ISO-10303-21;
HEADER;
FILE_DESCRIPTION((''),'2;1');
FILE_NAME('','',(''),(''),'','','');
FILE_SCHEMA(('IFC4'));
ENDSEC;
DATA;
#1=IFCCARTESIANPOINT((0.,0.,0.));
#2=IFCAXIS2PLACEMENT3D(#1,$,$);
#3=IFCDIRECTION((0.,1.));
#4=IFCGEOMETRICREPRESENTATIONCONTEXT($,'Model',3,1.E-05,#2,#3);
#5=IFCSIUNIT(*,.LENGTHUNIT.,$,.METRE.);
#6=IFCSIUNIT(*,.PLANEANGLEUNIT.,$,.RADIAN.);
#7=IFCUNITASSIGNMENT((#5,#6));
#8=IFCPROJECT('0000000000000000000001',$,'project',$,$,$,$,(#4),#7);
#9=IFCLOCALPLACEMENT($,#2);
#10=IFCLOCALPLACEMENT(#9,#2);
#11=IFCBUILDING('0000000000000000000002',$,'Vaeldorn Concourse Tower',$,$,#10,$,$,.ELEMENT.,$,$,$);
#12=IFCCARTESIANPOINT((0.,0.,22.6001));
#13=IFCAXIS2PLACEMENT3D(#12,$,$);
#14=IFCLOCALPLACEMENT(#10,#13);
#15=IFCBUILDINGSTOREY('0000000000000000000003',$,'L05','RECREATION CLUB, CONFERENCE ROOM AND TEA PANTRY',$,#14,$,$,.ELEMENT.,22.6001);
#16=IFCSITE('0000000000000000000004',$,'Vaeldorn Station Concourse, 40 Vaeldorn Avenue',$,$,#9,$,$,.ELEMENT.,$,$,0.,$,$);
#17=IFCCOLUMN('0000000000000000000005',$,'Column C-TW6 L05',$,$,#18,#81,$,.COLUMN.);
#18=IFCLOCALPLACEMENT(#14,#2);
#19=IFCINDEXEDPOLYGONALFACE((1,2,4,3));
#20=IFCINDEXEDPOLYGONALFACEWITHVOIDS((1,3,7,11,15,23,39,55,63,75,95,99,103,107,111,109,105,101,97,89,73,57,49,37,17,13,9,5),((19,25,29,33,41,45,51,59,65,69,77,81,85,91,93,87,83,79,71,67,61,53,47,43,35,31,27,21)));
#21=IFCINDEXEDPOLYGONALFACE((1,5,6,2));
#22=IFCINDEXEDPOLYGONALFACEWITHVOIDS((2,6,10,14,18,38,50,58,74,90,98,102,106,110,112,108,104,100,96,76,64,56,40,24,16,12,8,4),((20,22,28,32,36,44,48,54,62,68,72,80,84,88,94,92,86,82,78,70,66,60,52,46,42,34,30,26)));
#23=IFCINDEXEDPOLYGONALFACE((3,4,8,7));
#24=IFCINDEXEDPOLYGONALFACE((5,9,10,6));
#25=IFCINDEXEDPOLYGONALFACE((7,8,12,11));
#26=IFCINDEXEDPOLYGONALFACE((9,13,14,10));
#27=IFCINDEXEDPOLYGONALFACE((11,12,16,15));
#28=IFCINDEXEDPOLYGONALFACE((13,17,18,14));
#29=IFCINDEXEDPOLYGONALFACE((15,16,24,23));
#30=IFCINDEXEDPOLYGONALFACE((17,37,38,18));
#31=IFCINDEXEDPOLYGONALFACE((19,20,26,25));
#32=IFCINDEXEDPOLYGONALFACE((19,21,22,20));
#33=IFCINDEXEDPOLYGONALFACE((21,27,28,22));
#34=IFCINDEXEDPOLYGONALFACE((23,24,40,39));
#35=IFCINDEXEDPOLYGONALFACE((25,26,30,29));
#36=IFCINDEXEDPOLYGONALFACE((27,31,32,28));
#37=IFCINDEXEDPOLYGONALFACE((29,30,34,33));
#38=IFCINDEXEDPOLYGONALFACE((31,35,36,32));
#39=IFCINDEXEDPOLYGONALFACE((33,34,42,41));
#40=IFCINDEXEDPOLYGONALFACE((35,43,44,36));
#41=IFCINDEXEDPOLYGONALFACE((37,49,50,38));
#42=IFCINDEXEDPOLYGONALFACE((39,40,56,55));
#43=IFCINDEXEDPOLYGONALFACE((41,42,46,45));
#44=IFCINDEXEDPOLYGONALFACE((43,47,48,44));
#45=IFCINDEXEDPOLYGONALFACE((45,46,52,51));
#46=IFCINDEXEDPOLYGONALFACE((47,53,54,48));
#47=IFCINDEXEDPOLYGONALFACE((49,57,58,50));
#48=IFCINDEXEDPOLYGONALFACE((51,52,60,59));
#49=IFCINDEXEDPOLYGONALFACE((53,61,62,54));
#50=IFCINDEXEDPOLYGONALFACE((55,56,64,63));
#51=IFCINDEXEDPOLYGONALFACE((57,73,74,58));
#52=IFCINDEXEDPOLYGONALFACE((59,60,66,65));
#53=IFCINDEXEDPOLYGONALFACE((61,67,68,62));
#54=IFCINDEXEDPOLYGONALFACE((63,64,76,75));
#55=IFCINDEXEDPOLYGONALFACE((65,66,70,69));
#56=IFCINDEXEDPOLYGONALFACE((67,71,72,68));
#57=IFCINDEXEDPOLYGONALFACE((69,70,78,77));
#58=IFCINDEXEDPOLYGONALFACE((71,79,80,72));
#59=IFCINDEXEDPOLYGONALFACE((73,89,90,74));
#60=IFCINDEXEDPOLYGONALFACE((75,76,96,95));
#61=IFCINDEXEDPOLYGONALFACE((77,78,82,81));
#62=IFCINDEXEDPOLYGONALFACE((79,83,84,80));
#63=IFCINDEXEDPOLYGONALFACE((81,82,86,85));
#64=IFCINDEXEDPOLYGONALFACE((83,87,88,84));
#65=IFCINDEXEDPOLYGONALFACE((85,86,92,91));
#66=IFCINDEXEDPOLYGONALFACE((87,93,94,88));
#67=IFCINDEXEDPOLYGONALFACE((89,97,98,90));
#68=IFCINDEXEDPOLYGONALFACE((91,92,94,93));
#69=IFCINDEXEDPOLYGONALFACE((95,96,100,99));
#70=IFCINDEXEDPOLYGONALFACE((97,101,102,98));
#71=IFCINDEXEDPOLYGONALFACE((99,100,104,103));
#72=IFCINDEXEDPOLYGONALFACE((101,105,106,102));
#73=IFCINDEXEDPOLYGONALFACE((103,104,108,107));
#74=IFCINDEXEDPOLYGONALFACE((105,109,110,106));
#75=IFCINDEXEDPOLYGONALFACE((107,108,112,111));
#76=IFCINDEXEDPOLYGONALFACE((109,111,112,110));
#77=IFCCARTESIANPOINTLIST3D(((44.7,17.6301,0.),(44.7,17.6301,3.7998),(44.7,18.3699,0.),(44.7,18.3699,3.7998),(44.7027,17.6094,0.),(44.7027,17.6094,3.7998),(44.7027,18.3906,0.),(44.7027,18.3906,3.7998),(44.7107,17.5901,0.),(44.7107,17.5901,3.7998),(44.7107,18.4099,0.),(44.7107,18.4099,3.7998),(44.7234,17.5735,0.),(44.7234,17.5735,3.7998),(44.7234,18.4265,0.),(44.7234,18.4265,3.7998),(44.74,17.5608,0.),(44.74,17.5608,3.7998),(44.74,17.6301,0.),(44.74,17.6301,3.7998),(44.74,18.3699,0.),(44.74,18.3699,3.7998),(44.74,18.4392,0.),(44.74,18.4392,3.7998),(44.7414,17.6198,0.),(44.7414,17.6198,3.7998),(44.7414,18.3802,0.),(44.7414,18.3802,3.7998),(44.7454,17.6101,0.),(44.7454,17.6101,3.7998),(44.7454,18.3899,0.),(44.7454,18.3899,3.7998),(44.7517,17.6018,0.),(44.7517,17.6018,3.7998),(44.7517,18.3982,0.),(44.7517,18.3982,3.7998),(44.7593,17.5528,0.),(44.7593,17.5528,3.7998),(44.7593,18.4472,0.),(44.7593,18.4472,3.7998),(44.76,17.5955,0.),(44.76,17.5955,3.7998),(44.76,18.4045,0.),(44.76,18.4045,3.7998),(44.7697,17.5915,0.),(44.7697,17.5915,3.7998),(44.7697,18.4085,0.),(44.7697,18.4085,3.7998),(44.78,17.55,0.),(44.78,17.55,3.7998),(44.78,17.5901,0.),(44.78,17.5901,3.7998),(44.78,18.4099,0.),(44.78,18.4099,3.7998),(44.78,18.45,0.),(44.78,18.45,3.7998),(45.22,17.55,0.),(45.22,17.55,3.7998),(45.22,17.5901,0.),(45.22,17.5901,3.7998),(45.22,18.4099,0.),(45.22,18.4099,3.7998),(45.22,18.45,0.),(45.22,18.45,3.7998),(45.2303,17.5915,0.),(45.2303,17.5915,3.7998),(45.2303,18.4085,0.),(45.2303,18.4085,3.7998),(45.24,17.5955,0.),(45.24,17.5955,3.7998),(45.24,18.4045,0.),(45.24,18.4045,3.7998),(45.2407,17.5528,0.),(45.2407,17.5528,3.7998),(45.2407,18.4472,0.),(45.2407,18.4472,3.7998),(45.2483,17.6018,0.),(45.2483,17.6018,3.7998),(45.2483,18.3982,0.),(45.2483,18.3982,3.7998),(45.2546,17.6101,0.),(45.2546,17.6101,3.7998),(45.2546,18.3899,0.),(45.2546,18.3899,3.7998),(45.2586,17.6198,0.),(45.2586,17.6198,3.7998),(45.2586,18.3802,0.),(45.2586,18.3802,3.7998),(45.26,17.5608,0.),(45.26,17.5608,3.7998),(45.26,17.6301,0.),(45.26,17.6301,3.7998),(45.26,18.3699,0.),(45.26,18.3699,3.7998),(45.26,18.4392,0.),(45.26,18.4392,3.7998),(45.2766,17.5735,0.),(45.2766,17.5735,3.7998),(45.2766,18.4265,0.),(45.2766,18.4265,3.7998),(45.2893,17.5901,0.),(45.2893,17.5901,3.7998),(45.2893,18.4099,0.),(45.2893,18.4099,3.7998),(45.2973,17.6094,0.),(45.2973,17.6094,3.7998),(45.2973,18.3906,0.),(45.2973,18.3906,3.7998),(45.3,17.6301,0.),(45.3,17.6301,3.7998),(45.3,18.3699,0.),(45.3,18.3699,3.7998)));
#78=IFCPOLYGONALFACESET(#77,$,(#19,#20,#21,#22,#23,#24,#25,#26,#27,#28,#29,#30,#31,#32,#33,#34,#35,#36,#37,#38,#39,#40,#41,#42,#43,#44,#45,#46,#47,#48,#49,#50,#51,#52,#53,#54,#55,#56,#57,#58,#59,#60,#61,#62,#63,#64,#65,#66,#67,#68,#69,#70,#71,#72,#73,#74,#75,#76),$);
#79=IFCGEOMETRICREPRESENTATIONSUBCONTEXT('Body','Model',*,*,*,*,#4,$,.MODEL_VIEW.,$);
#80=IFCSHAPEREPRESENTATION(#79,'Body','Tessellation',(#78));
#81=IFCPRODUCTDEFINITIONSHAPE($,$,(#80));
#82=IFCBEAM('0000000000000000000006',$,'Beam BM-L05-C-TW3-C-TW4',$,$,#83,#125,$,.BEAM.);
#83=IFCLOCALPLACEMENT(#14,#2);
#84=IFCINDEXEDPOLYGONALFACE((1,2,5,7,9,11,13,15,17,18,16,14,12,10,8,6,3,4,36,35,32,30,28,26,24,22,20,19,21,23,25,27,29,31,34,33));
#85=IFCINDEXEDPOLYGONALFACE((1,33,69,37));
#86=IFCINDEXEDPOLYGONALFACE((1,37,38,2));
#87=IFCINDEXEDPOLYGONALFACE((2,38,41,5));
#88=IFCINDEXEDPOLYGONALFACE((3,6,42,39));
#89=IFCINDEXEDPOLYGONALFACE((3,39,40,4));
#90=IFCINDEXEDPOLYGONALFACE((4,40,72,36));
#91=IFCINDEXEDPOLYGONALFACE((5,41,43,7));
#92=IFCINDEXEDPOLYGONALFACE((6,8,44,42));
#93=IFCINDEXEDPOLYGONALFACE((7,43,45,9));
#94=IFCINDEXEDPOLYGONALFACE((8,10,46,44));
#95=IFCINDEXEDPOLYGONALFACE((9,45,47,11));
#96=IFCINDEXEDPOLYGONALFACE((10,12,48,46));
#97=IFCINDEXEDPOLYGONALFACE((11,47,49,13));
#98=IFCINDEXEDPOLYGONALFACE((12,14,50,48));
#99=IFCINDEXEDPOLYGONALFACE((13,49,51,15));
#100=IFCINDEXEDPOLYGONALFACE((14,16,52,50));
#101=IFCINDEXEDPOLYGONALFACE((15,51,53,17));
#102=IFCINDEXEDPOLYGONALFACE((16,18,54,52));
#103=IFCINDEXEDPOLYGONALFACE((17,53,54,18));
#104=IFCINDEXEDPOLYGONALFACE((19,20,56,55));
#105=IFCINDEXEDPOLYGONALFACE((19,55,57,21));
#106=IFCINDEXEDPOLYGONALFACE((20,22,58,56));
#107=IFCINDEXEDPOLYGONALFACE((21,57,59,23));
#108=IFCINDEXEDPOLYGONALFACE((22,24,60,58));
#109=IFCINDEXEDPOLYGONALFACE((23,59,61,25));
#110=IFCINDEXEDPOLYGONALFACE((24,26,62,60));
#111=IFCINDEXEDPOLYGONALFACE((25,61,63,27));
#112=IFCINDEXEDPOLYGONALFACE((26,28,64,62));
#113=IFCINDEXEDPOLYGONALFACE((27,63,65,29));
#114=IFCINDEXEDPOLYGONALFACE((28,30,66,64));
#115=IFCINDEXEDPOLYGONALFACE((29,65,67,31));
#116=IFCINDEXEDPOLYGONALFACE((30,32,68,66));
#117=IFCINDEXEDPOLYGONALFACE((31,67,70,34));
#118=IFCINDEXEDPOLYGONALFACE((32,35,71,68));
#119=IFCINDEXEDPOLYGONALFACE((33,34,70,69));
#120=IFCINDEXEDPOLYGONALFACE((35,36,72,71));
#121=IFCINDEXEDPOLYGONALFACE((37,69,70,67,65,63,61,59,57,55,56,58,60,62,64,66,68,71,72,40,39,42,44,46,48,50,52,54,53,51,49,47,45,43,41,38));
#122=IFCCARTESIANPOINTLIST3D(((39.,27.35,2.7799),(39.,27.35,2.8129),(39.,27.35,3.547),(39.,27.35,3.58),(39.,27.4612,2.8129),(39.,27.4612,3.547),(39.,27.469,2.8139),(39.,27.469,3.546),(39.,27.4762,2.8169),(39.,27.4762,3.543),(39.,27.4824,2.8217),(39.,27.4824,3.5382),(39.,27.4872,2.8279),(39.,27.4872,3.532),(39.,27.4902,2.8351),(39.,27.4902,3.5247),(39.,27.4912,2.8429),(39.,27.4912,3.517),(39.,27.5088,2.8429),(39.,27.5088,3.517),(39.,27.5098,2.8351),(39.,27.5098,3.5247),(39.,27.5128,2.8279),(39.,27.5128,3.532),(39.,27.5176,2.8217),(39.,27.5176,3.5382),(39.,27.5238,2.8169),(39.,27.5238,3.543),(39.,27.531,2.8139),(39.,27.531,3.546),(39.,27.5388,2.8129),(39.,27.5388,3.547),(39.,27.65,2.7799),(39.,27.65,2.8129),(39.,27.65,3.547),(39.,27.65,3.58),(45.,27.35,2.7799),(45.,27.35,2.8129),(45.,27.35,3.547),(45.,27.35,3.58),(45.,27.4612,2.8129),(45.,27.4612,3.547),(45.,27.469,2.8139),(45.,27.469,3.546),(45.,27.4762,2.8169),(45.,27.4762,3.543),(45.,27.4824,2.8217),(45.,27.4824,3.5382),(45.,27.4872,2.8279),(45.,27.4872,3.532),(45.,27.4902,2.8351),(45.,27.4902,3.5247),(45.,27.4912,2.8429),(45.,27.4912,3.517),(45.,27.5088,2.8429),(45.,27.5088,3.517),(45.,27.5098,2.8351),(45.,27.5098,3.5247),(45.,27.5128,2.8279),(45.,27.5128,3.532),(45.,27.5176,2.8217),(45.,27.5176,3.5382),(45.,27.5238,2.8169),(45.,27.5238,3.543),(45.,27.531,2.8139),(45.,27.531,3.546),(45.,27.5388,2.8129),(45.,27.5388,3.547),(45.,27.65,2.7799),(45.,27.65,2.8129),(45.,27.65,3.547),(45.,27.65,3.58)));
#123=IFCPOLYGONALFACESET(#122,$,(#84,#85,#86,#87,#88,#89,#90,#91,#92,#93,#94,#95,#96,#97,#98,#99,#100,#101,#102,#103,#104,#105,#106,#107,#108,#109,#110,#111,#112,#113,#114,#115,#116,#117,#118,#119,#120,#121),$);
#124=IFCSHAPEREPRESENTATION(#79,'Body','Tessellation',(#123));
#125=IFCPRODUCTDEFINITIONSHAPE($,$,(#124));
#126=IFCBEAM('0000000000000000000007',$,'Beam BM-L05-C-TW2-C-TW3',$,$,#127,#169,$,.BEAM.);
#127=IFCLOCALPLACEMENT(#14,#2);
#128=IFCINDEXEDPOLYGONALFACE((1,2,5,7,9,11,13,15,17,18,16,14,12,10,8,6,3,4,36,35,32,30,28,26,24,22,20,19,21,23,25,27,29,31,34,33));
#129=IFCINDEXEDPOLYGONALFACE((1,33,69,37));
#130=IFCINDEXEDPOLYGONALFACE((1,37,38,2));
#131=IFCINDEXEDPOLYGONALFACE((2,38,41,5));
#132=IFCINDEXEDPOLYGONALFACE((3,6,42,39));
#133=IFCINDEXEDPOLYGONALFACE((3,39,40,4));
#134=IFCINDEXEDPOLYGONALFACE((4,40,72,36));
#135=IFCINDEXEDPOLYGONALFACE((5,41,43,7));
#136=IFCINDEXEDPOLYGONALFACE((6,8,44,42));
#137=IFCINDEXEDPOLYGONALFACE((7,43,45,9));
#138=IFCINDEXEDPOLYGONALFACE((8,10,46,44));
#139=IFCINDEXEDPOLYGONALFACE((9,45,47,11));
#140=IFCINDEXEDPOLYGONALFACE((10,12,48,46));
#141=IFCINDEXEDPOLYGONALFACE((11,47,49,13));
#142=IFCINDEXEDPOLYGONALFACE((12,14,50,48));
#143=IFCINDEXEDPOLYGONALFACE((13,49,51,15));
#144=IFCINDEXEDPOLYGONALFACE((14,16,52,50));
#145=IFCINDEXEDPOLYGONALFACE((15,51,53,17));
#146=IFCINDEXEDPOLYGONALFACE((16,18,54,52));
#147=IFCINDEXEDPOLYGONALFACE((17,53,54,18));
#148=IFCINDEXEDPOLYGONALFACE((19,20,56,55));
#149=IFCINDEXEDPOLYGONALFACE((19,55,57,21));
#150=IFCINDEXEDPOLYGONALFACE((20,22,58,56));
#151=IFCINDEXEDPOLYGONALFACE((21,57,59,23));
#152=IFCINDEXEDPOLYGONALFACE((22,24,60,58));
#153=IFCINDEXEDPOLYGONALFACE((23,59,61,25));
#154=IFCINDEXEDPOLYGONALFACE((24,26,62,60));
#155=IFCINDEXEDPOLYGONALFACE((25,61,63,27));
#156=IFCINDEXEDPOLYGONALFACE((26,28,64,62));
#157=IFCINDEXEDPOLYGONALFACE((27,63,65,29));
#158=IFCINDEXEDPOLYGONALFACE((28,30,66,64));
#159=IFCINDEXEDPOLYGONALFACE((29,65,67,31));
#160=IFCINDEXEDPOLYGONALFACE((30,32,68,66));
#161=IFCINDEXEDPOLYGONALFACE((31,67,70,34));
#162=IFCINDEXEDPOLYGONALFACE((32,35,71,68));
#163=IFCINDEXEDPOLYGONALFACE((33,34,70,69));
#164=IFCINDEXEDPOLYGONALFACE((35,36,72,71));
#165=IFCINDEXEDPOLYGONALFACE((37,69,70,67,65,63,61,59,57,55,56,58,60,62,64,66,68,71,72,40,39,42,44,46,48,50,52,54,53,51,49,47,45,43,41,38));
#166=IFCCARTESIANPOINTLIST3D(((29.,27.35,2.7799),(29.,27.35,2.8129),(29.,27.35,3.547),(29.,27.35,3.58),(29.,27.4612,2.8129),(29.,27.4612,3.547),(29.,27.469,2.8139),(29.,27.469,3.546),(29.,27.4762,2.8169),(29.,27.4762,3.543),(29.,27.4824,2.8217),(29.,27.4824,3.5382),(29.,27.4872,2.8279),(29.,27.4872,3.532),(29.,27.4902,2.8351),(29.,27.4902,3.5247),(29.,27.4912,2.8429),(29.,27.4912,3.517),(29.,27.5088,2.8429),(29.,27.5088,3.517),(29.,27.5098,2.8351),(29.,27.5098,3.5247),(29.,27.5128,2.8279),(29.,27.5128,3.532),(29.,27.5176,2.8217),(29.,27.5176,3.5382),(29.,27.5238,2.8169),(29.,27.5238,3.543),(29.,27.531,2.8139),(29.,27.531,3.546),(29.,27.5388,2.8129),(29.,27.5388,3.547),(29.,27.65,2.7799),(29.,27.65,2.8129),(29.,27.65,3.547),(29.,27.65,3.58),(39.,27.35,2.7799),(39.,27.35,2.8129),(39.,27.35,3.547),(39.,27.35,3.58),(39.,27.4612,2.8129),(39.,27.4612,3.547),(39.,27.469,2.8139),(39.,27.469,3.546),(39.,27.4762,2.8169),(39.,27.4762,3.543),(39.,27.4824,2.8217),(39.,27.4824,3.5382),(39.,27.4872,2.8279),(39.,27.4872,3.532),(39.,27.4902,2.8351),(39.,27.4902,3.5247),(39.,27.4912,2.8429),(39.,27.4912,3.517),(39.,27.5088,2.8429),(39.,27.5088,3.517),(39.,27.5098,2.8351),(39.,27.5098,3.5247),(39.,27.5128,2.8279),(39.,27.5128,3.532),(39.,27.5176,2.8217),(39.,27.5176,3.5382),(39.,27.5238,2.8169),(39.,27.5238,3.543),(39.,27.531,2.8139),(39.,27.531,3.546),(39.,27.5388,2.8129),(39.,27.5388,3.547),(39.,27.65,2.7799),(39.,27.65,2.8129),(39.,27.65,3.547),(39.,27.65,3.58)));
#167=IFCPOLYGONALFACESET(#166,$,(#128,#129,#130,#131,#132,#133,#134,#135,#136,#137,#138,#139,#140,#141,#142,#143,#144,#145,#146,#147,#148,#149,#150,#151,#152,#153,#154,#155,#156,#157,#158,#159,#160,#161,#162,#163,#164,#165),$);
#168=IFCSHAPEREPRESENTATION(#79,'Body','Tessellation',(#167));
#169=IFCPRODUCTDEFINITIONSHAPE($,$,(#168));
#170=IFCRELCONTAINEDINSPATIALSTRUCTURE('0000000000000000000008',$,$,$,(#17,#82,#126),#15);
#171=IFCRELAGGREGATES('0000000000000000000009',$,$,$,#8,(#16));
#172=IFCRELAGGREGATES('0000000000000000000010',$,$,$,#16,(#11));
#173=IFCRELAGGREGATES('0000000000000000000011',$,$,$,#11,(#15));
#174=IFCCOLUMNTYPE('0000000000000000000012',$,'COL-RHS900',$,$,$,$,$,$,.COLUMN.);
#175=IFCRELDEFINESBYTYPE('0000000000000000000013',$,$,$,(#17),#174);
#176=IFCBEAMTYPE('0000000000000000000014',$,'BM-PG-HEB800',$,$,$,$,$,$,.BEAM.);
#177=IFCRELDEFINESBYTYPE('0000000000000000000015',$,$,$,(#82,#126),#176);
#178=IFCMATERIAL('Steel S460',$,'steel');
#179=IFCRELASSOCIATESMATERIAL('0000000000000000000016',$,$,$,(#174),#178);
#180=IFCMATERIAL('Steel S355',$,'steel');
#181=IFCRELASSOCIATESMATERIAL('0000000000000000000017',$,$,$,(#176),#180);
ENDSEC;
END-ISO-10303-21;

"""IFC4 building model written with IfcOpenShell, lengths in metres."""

from ifc_helpers import new_model, si_unit, direction, frame, origin, origin_2d, place, context, subcontext, project, spatial, hollow_rectangle, i_section, extrude, source, transform, mapped, material, material_profile, profile_set, type_object, element, save


model = new_model("IFC4")

# Units and contexts
model_context = context("Model", 3, precision=1e-05, world=origin(), true_north=direction((0.0, 1.0)))
body_context = subcontext(model_context, "Body", "Model", "MODEL_VIEW")
ifc_project = project(units=[si_unit("LENGTHUNIT", "METRE"), si_unit("PLANEANGLEUNIT", "RADIAN")], contexts=[model_context])

# Site, building, storey
site_placement = place(None, origin())
site = spatial("IfcSite", under=ifc_project, at=site_placement, Name="Vaeldorn Station Concourse, 40 Vaeldorn Avenue", CompositionType="ELEMENT", RefElevation=0.0)
building_placement = place(site_placement, origin())
building = spatial("IfcBuilding", under=site, at=building_placement, Name="Vaeldorn Concourse Tower", CompositionType="ELEMENT")
storey_placement = place(building_placement, frame((0.0, 0.0, 22.6001)))
storey = spatial("IfcBuildingStorey", under=building, at=storey_placement, Name="L05", Description="RECREATION CLUB, CONFERENCE ROOM AND TEA PANTRY", CompositionType="ELEMENT", Elevation=22.6001)

# Column
ifc_material_1 = material(Name="Steel S460", Category="steel")
ifc_material_profile_1 = material_profile(ifc_material_1, hollow_rectangle(XDim=0.6001, YDim=0.8999, WallThickness=0.04, InnerFilletRadius=0.04, OuterFilletRadius=0.0801, at=origin_2d()), Name="RHS 900x600x40")
ifc_profile_set_1 = profile_set([ifc_material_profile_1], Name="Steel S460")
column_type_1 = type_object("IfcColumnType", Name="COL-RHS900", PredefinedType="COLUMN", material=ifc_profile_set_1)
shared_shape_1 = source(origin(), body_context, "Body", "SweptSolid", [
    extrude(hollow_rectangle(XDim=0.6001, YDim=0.8999, WallThickness=0.04, InnerFilletRadius=0.04, OuterFilletRadius=0.0801, at=origin_2d()), origin(), (0.0, 0.0, 1.0), 3.7998),
])
for number, where, z_axis, x_axis, name in (
    (1, (45.0, 18.0, 0.0), (0.0, 0.0, 1.0), (1.0, 0.0, 0.0), "Column C-TW6 L05"),
):
    element("IfcColumn", number, at=place(storey_placement, frame(where, z_axis=z_axis, x_axis=x_axis)), inside=storey, type_object=column_type_1, Name=name, PredefinedType="COLUMN", context=body_context, shape_type="MappedRepresentation", body=[
        mapped(shared_shape_1, transform((0.0, 0.0, 0.0), scale=1.0)),
    ])

# Beams
ifc_material_2 = material(Name="Steel S355", Category="steel")
ifc_material_profile_2 = material_profile(ifc_material_2, i_section(OverallWidth=0.3, OverallDepth=0.8, WebThickness=0.0176, FlangeThickness=0.033, FilletRadius=0.03, at=origin_2d()), Name="HEB 800")
ifc_profile_set_2 = profile_set([ifc_material_profile_2], Name="Steel S355")
beam_type_1 = type_object("IfcBeamType", Name="BM-PG-HEB800", PredefinedType="BEAM", material=ifc_profile_set_2)
shared_shape_2 = source(origin(), body_context, "Body", "SweptSolid", [
    extrude(i_section(OverallWidth=0.3, OverallDepth=0.8, WebThickness=0.0176, FlangeThickness=0.033, FilletRadius=0.03, at=origin_2d()), origin(), (0.0, 0.0, 1.0), 6.0),
])
beam_1_placement = place(storey_placement, frame((39.0, 27.5, 3.1799), z_axis=(1.0, 0.0, 0.0), x_axis=(0.0, 1.0, 0.0)))
element("IfcBeam", 2, at=beam_1_placement, inside=storey, type_object=beam_type_1, Name="Beam BM-L05-C-TW3-C-TW4", PredefinedType="BEAM", context=body_context, shape_type="MappedRepresentation", body=[
    mapped(shared_shape_2, transform((0.0, 0.0, 0.0), scale=1.0)),
])
shared_shape_3 = source(origin(), body_context, "Body", "SweptSolid", [
    extrude(i_section(OverallWidth=0.3, OverallDepth=0.8, WebThickness=0.0176, FlangeThickness=0.033, FilletRadius=0.03, at=origin_2d()), origin(), (0.0, 0.0, 1.0), 10.0),
])
beam_2_placement = place(storey_placement, frame((29.0, 27.5, 3.1799), z_axis=(1.0, 0.0, 0.0), x_axis=(0.0, 1.0, 0.0)))
element("IfcBeam", 3, at=beam_2_placement, inside=storey, type_object=beam_type_1, Name="Beam BM-L05-C-TW2-C-TW3", PredefinedType="BEAM", context=body_context, shape_type="MappedRepresentation", body=[
    mapped(shared_shape_3, transform((0.0, 0.0, 0.0), scale=1.0)),
])

save(model, "model.ifc")
